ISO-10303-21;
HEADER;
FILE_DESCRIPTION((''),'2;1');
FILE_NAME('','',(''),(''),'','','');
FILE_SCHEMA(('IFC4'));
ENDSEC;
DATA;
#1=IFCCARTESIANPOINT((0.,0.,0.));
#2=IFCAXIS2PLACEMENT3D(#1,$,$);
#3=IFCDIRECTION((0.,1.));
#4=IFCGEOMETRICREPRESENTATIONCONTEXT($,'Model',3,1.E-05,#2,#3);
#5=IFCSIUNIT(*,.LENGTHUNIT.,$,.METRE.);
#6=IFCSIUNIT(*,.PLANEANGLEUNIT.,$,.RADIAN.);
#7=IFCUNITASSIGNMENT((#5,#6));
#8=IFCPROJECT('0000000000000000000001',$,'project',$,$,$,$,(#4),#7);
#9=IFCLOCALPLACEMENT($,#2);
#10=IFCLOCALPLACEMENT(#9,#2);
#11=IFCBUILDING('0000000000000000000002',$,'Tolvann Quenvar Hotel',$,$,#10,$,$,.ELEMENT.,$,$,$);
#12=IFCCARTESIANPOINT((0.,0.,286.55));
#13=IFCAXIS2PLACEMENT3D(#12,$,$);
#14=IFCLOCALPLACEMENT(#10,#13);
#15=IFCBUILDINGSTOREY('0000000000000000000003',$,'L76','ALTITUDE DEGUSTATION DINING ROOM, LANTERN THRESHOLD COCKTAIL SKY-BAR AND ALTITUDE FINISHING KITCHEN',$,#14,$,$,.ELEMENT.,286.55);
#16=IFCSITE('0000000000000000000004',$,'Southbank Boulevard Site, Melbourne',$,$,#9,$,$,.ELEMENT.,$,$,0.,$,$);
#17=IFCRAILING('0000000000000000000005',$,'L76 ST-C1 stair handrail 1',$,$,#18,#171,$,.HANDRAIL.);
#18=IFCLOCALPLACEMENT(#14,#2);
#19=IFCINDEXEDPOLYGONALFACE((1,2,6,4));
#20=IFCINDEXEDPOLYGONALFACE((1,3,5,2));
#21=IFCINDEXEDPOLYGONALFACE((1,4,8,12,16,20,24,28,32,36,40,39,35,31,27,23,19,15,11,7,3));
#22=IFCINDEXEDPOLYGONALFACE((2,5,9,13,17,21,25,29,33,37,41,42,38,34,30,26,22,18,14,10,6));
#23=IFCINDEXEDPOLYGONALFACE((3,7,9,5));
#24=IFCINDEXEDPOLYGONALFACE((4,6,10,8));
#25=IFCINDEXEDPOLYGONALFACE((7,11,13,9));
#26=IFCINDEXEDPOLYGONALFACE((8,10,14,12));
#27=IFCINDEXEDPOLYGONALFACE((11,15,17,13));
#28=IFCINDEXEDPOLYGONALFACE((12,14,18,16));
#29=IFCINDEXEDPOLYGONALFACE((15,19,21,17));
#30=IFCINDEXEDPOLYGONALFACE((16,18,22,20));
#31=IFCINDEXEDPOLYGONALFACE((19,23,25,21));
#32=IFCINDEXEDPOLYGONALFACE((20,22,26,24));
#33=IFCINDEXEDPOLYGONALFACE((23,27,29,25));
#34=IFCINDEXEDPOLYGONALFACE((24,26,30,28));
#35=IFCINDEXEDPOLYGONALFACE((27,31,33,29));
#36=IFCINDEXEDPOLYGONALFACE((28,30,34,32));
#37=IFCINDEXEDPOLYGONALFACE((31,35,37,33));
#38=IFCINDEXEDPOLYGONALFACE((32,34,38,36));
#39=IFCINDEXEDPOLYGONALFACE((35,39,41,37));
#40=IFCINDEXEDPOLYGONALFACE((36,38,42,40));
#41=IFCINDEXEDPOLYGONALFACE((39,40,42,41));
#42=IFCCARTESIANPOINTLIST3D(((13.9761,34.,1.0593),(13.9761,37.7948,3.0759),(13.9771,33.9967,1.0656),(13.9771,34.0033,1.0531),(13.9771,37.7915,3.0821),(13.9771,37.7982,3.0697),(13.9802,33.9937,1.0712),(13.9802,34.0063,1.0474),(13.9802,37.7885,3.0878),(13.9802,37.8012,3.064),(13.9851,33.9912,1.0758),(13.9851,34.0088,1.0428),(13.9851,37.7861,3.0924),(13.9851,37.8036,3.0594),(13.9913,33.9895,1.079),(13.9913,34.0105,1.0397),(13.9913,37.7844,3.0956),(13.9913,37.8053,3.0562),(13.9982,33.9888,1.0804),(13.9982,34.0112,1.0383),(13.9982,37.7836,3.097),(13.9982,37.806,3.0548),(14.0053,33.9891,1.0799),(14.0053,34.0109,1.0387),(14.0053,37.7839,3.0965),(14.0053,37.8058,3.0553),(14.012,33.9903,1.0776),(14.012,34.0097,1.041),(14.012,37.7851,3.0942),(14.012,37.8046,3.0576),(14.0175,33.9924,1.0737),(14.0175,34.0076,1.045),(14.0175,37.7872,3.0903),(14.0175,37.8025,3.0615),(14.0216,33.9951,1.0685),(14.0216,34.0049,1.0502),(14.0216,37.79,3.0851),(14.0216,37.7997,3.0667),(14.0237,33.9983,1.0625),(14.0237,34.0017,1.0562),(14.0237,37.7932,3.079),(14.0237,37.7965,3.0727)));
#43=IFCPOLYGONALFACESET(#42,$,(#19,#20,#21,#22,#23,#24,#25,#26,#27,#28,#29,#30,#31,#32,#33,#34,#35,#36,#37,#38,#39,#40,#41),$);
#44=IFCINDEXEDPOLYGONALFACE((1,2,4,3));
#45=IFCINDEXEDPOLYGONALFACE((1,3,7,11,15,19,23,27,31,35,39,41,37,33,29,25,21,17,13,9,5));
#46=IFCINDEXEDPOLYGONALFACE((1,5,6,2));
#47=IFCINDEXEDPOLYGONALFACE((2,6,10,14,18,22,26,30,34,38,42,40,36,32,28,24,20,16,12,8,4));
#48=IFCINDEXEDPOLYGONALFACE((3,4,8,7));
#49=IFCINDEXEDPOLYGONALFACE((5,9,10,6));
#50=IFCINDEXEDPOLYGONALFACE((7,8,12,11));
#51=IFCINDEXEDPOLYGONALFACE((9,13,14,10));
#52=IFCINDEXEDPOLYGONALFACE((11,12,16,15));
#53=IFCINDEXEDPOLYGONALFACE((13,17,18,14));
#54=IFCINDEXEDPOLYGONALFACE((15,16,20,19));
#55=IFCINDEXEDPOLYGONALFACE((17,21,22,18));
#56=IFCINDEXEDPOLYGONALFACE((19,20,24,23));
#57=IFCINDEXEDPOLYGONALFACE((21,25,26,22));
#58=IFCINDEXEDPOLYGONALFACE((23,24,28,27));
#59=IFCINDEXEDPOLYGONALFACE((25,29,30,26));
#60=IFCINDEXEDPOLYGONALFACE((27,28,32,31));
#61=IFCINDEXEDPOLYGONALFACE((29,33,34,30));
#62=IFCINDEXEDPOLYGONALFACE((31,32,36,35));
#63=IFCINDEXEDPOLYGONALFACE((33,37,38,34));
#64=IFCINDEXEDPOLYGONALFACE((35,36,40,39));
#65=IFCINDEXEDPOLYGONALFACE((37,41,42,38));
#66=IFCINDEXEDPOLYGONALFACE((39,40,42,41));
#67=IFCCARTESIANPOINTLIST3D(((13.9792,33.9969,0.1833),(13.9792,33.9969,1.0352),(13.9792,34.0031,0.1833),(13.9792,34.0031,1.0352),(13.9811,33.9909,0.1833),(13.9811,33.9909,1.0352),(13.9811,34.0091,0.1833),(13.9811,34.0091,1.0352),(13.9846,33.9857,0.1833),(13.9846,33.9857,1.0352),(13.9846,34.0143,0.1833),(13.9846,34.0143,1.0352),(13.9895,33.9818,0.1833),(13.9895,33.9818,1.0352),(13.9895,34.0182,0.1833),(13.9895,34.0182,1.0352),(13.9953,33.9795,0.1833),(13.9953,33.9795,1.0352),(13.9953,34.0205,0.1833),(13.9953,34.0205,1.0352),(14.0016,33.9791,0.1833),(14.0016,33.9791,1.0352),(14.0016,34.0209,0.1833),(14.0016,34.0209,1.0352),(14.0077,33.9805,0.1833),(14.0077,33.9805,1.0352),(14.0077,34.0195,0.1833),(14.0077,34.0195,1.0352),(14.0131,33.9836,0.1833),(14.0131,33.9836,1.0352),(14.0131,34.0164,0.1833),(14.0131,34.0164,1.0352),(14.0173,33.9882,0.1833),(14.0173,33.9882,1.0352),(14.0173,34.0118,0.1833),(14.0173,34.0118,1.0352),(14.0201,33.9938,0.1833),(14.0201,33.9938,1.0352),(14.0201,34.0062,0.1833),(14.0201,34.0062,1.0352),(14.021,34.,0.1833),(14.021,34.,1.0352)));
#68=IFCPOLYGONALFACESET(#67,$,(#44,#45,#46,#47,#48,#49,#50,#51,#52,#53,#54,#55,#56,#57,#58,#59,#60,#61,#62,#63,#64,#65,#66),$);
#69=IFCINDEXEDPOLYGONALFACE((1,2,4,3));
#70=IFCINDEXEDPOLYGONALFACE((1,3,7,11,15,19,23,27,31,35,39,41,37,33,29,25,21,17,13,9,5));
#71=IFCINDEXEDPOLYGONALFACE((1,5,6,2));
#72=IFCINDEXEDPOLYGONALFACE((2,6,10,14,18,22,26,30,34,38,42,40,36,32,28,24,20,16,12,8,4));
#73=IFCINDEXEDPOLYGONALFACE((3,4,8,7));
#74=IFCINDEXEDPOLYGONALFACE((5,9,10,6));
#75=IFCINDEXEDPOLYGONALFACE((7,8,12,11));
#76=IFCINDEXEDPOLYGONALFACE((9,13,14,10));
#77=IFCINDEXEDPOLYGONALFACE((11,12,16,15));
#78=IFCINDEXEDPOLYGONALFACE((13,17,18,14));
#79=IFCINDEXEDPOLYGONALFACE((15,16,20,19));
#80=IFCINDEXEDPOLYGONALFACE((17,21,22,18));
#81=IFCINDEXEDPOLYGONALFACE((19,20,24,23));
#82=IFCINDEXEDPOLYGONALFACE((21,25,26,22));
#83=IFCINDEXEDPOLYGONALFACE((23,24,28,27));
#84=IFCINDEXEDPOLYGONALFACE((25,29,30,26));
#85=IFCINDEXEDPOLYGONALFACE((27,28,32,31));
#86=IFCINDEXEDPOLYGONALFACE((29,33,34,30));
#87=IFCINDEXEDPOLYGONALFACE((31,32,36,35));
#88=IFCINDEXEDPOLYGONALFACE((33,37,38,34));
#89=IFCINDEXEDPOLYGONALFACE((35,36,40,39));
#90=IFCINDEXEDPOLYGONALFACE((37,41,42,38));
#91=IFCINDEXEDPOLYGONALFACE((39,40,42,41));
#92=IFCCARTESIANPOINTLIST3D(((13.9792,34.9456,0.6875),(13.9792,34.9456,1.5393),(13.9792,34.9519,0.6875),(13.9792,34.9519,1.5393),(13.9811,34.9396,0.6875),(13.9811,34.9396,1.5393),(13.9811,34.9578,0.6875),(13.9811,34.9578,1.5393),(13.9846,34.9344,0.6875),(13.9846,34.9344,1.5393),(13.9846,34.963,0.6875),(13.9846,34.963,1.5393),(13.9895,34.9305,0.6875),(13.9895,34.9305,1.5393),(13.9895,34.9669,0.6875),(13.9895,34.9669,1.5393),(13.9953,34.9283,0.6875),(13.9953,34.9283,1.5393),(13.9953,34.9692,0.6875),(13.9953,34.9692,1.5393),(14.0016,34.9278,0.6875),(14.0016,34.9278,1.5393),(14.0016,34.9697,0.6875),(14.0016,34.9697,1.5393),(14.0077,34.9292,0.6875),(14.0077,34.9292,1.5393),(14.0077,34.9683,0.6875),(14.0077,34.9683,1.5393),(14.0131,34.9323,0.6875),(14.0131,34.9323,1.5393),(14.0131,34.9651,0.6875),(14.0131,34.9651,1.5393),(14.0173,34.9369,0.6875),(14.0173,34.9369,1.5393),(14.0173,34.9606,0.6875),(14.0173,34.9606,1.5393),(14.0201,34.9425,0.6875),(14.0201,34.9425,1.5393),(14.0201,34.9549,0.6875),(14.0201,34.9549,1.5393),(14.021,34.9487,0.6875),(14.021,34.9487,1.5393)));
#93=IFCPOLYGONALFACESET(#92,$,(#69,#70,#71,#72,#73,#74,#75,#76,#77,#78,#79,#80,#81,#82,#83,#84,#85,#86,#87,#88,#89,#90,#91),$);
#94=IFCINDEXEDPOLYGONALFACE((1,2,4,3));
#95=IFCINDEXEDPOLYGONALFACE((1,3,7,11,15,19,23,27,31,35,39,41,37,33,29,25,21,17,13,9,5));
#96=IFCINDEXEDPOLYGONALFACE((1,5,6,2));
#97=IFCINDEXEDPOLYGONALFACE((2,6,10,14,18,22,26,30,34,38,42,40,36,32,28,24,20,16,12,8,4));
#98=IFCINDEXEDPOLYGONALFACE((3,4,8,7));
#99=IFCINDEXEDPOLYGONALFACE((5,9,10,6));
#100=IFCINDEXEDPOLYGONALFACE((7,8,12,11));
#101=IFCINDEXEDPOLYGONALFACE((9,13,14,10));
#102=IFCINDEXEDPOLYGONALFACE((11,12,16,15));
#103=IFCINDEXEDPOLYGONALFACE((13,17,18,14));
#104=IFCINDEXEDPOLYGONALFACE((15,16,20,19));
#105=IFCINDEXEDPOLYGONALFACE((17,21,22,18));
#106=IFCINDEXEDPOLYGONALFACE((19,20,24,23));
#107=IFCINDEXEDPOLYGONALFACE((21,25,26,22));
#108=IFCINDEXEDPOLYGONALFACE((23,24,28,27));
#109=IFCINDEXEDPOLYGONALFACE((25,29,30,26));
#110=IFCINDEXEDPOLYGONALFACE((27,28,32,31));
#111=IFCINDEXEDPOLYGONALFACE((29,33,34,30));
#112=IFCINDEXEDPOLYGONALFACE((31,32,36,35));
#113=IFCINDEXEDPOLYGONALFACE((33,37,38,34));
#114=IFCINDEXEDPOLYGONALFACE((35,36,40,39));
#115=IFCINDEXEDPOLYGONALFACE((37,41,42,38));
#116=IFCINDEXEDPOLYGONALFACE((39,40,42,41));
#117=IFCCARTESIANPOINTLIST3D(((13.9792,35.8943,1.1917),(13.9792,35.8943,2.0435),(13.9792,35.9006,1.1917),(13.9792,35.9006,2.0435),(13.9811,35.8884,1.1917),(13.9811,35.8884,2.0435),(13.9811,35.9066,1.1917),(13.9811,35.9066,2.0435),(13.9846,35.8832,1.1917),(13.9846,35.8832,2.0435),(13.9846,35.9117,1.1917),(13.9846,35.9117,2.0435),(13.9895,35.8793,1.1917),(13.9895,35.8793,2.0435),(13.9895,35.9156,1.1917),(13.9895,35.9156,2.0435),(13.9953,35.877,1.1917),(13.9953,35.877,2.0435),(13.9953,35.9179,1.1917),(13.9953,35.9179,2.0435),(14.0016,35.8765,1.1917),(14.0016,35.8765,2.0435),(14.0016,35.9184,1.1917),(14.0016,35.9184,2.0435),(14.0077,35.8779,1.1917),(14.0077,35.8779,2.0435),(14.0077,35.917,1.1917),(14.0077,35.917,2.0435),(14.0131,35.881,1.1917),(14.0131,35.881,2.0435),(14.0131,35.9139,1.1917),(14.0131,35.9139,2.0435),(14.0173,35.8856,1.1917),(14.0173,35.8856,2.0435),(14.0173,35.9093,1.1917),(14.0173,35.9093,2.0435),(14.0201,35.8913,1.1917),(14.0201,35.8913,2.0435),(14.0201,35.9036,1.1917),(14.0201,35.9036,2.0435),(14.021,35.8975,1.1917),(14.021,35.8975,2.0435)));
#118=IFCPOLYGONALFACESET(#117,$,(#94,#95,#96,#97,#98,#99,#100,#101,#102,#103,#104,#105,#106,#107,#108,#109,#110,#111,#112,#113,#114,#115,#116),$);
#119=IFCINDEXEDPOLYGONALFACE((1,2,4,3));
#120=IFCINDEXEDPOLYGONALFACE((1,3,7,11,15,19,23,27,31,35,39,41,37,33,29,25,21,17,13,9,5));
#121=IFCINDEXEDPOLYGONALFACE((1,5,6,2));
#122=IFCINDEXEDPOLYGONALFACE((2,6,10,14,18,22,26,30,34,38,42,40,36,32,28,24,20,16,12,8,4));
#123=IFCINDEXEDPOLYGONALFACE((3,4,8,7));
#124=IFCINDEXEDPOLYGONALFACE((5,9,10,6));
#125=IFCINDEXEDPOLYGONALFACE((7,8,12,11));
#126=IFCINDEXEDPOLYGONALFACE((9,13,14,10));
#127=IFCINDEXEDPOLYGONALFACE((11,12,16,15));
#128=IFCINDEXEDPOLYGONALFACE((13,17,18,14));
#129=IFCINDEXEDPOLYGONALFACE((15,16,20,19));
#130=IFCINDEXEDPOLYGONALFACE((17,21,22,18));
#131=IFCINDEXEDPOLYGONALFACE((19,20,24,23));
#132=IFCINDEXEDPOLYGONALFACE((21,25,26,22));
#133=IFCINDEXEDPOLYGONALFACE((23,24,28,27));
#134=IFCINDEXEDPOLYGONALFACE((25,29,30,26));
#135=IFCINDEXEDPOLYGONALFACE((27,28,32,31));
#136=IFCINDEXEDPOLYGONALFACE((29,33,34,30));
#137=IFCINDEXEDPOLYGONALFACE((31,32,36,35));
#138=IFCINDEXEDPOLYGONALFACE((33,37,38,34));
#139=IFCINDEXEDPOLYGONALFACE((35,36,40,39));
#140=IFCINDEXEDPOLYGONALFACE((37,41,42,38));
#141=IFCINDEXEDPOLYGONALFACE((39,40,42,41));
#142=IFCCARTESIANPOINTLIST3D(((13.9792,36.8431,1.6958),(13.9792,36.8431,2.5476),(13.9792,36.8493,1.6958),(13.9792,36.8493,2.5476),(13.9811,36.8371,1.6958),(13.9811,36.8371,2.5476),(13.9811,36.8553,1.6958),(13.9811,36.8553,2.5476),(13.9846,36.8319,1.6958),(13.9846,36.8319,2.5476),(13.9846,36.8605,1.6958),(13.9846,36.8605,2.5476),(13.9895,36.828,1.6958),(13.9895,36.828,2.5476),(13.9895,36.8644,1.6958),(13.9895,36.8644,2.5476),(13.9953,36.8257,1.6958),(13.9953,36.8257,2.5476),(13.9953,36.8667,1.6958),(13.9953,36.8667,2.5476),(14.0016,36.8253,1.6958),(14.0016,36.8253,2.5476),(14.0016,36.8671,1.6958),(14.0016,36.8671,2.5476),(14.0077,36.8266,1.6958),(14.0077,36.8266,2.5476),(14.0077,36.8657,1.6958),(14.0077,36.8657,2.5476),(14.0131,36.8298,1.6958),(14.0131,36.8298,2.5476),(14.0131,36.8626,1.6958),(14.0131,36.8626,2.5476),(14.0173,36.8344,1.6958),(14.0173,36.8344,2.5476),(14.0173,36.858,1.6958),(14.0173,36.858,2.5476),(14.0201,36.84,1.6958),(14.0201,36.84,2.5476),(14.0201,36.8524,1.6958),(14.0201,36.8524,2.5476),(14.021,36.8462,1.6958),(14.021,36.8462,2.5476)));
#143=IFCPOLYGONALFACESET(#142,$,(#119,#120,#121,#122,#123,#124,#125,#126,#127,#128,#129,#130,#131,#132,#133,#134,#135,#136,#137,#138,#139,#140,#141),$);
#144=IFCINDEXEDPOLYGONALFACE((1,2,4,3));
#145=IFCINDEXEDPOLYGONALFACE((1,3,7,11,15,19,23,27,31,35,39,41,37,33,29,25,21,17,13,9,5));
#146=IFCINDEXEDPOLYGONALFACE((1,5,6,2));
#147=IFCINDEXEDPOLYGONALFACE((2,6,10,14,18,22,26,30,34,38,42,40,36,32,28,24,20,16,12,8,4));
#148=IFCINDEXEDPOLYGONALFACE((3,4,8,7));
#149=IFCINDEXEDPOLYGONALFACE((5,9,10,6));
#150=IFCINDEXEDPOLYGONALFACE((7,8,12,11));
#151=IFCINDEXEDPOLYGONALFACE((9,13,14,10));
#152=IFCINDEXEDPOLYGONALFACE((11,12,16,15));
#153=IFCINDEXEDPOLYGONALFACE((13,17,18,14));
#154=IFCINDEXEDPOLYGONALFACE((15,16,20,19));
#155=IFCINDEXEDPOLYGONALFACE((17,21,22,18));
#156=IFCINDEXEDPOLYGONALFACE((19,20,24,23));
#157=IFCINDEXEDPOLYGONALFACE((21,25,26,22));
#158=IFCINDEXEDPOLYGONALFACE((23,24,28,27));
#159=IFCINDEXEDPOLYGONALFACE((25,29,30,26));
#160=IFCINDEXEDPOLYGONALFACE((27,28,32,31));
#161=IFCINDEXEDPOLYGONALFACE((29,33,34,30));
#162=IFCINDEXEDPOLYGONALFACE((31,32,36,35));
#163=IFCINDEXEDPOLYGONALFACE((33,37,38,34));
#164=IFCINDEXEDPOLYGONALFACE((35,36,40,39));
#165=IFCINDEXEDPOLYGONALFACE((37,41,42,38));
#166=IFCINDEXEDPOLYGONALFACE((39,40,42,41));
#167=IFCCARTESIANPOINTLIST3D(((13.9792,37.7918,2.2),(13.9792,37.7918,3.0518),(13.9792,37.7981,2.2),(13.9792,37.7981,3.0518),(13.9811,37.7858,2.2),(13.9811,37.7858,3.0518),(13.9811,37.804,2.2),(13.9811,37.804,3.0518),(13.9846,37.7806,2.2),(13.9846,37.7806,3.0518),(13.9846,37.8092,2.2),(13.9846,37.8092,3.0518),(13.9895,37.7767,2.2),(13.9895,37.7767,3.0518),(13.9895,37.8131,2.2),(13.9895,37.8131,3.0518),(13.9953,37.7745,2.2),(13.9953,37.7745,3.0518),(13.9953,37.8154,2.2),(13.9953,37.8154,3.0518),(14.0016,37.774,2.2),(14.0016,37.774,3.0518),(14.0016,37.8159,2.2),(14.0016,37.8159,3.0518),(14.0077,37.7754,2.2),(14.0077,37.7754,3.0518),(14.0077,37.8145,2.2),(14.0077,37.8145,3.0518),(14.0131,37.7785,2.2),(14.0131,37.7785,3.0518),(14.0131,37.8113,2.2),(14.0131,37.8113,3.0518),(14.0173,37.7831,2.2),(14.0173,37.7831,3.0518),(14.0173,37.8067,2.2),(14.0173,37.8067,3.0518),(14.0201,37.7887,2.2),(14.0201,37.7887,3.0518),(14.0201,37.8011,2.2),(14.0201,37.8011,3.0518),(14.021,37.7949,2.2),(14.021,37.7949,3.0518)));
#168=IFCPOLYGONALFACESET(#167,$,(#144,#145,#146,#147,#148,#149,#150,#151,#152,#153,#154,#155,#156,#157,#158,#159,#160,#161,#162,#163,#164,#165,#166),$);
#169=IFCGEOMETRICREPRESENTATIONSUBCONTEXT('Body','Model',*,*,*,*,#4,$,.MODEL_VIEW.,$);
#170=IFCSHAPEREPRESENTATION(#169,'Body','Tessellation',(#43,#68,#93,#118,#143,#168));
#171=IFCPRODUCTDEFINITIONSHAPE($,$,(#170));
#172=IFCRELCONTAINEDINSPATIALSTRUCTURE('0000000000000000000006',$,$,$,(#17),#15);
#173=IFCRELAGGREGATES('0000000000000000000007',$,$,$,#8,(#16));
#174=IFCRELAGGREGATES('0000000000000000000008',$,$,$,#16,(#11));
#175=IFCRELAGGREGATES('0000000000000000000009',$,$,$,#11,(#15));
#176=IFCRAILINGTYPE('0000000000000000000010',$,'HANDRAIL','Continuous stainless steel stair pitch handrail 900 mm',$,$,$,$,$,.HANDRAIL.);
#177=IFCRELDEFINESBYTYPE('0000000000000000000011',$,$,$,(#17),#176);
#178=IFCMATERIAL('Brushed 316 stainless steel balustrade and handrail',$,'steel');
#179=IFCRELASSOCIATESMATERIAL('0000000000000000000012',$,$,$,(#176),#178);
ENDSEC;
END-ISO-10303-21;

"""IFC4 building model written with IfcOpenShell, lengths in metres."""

from ifc_helpers import new_model, si_unit, direction, frame, origin, origin_2d, place, context, subcontext, project, spatial, circle, extrude, material, type_object, element, save


model = new_model("IFC4")

# Units and contexts
model_context = context("Model", 3, precision=1e-05, world=origin(), true_north=direction((0.0, 1.0)))
body_context = subcontext(model_context, "Body", "Model", "MODEL_VIEW")
ifc_project = project(units=[si_unit("LENGTHUNIT", "METRE"), si_unit("PLANEANGLEUNIT", "RADIAN")], contexts=[model_context])

# Site, building, storey
site_placement = place(None, origin())
site = spatial("IfcSite", under=ifc_project, at=site_placement, Name="Southbank Boulevard Site, Melbourne", CompositionType="ELEMENT", RefElevation=0.0)
building_placement = place(site_placement, origin())
building = spatial("IfcBuilding", under=site, at=building_placement, Name="Tolvann Quenvar Hotel", CompositionType="ELEMENT")
storey_placement = place(building_placement, frame((0.0, 0.0, 286.55)))
storey = spatial("IfcBuildingStorey", under=building, at=storey_placement, Name="L76", Description="ALTITUDE DEGUSTATION DINING ROOM, LANTERN THRESHOLD COCKTAIL SKY-BAR AND ALTITUDE FINISHING KITCHEN", CompositionType="ELEMENT", Elevation=286.55)

# Railing
ifc_material_1 = material(Name="Brushed 316 stainless steel balustrade and handrail", Category="steel")
railing_type_1 = type_object("IfcRailingType", Name="HANDRAIL", Description="Continuous stainless steel stair pitch handrail 900 mm", PredefinedType="HANDRAIL", material=ifc_material_1)
railing_1_placement = place(storey_placement, frame((14.0, 34.0, 0.1833)))
element("IfcRailing", 1, at=railing_1_placement, inside=storey, type_object=railing_type_1, Name="L76 ST-C1 stair handrail 1", PredefinedType="HANDRAIL", context=body_context, shape_type="SweptSolid", body=[
    extrude(circle(Radius=0.0239, at=origin_2d()), frame((0.0, 0.0, 0.876), z_axis=(0.0, 0.883063, 0.469255), x_axis=(-1.0, 0.0, 0.0)), (0.0, 0.0, 1.0), 4.2974),
    extrude(circle(Radius=0.021, at=origin_2d()), origin(), (0.0, 0.0, 1.0), 0.8518),
    extrude(circle(Radius=0.021, at=origin_2d()), frame((0.0, 0.9487, 0.5042)), (0.0, 0.0, 1.0), 0.8518),
    extrude(circle(Radius=0.021, at=origin_2d()), frame((0.0, 1.8975, 1.0083)), (0.0, 0.0, 1.0), 0.8518),
    extrude(circle(Radius=0.021, at=origin_2d()), frame((0.0, 2.8462, 1.5125)), (0.0, 0.0, 1.0), 0.8518),
    extrude(circle(Radius=0.021, at=origin_2d()), frame((0.0, 3.7949, 2.0166)), (0.0, 0.0, 1.0), 0.8518),
])

save(model, "model.ifc")
